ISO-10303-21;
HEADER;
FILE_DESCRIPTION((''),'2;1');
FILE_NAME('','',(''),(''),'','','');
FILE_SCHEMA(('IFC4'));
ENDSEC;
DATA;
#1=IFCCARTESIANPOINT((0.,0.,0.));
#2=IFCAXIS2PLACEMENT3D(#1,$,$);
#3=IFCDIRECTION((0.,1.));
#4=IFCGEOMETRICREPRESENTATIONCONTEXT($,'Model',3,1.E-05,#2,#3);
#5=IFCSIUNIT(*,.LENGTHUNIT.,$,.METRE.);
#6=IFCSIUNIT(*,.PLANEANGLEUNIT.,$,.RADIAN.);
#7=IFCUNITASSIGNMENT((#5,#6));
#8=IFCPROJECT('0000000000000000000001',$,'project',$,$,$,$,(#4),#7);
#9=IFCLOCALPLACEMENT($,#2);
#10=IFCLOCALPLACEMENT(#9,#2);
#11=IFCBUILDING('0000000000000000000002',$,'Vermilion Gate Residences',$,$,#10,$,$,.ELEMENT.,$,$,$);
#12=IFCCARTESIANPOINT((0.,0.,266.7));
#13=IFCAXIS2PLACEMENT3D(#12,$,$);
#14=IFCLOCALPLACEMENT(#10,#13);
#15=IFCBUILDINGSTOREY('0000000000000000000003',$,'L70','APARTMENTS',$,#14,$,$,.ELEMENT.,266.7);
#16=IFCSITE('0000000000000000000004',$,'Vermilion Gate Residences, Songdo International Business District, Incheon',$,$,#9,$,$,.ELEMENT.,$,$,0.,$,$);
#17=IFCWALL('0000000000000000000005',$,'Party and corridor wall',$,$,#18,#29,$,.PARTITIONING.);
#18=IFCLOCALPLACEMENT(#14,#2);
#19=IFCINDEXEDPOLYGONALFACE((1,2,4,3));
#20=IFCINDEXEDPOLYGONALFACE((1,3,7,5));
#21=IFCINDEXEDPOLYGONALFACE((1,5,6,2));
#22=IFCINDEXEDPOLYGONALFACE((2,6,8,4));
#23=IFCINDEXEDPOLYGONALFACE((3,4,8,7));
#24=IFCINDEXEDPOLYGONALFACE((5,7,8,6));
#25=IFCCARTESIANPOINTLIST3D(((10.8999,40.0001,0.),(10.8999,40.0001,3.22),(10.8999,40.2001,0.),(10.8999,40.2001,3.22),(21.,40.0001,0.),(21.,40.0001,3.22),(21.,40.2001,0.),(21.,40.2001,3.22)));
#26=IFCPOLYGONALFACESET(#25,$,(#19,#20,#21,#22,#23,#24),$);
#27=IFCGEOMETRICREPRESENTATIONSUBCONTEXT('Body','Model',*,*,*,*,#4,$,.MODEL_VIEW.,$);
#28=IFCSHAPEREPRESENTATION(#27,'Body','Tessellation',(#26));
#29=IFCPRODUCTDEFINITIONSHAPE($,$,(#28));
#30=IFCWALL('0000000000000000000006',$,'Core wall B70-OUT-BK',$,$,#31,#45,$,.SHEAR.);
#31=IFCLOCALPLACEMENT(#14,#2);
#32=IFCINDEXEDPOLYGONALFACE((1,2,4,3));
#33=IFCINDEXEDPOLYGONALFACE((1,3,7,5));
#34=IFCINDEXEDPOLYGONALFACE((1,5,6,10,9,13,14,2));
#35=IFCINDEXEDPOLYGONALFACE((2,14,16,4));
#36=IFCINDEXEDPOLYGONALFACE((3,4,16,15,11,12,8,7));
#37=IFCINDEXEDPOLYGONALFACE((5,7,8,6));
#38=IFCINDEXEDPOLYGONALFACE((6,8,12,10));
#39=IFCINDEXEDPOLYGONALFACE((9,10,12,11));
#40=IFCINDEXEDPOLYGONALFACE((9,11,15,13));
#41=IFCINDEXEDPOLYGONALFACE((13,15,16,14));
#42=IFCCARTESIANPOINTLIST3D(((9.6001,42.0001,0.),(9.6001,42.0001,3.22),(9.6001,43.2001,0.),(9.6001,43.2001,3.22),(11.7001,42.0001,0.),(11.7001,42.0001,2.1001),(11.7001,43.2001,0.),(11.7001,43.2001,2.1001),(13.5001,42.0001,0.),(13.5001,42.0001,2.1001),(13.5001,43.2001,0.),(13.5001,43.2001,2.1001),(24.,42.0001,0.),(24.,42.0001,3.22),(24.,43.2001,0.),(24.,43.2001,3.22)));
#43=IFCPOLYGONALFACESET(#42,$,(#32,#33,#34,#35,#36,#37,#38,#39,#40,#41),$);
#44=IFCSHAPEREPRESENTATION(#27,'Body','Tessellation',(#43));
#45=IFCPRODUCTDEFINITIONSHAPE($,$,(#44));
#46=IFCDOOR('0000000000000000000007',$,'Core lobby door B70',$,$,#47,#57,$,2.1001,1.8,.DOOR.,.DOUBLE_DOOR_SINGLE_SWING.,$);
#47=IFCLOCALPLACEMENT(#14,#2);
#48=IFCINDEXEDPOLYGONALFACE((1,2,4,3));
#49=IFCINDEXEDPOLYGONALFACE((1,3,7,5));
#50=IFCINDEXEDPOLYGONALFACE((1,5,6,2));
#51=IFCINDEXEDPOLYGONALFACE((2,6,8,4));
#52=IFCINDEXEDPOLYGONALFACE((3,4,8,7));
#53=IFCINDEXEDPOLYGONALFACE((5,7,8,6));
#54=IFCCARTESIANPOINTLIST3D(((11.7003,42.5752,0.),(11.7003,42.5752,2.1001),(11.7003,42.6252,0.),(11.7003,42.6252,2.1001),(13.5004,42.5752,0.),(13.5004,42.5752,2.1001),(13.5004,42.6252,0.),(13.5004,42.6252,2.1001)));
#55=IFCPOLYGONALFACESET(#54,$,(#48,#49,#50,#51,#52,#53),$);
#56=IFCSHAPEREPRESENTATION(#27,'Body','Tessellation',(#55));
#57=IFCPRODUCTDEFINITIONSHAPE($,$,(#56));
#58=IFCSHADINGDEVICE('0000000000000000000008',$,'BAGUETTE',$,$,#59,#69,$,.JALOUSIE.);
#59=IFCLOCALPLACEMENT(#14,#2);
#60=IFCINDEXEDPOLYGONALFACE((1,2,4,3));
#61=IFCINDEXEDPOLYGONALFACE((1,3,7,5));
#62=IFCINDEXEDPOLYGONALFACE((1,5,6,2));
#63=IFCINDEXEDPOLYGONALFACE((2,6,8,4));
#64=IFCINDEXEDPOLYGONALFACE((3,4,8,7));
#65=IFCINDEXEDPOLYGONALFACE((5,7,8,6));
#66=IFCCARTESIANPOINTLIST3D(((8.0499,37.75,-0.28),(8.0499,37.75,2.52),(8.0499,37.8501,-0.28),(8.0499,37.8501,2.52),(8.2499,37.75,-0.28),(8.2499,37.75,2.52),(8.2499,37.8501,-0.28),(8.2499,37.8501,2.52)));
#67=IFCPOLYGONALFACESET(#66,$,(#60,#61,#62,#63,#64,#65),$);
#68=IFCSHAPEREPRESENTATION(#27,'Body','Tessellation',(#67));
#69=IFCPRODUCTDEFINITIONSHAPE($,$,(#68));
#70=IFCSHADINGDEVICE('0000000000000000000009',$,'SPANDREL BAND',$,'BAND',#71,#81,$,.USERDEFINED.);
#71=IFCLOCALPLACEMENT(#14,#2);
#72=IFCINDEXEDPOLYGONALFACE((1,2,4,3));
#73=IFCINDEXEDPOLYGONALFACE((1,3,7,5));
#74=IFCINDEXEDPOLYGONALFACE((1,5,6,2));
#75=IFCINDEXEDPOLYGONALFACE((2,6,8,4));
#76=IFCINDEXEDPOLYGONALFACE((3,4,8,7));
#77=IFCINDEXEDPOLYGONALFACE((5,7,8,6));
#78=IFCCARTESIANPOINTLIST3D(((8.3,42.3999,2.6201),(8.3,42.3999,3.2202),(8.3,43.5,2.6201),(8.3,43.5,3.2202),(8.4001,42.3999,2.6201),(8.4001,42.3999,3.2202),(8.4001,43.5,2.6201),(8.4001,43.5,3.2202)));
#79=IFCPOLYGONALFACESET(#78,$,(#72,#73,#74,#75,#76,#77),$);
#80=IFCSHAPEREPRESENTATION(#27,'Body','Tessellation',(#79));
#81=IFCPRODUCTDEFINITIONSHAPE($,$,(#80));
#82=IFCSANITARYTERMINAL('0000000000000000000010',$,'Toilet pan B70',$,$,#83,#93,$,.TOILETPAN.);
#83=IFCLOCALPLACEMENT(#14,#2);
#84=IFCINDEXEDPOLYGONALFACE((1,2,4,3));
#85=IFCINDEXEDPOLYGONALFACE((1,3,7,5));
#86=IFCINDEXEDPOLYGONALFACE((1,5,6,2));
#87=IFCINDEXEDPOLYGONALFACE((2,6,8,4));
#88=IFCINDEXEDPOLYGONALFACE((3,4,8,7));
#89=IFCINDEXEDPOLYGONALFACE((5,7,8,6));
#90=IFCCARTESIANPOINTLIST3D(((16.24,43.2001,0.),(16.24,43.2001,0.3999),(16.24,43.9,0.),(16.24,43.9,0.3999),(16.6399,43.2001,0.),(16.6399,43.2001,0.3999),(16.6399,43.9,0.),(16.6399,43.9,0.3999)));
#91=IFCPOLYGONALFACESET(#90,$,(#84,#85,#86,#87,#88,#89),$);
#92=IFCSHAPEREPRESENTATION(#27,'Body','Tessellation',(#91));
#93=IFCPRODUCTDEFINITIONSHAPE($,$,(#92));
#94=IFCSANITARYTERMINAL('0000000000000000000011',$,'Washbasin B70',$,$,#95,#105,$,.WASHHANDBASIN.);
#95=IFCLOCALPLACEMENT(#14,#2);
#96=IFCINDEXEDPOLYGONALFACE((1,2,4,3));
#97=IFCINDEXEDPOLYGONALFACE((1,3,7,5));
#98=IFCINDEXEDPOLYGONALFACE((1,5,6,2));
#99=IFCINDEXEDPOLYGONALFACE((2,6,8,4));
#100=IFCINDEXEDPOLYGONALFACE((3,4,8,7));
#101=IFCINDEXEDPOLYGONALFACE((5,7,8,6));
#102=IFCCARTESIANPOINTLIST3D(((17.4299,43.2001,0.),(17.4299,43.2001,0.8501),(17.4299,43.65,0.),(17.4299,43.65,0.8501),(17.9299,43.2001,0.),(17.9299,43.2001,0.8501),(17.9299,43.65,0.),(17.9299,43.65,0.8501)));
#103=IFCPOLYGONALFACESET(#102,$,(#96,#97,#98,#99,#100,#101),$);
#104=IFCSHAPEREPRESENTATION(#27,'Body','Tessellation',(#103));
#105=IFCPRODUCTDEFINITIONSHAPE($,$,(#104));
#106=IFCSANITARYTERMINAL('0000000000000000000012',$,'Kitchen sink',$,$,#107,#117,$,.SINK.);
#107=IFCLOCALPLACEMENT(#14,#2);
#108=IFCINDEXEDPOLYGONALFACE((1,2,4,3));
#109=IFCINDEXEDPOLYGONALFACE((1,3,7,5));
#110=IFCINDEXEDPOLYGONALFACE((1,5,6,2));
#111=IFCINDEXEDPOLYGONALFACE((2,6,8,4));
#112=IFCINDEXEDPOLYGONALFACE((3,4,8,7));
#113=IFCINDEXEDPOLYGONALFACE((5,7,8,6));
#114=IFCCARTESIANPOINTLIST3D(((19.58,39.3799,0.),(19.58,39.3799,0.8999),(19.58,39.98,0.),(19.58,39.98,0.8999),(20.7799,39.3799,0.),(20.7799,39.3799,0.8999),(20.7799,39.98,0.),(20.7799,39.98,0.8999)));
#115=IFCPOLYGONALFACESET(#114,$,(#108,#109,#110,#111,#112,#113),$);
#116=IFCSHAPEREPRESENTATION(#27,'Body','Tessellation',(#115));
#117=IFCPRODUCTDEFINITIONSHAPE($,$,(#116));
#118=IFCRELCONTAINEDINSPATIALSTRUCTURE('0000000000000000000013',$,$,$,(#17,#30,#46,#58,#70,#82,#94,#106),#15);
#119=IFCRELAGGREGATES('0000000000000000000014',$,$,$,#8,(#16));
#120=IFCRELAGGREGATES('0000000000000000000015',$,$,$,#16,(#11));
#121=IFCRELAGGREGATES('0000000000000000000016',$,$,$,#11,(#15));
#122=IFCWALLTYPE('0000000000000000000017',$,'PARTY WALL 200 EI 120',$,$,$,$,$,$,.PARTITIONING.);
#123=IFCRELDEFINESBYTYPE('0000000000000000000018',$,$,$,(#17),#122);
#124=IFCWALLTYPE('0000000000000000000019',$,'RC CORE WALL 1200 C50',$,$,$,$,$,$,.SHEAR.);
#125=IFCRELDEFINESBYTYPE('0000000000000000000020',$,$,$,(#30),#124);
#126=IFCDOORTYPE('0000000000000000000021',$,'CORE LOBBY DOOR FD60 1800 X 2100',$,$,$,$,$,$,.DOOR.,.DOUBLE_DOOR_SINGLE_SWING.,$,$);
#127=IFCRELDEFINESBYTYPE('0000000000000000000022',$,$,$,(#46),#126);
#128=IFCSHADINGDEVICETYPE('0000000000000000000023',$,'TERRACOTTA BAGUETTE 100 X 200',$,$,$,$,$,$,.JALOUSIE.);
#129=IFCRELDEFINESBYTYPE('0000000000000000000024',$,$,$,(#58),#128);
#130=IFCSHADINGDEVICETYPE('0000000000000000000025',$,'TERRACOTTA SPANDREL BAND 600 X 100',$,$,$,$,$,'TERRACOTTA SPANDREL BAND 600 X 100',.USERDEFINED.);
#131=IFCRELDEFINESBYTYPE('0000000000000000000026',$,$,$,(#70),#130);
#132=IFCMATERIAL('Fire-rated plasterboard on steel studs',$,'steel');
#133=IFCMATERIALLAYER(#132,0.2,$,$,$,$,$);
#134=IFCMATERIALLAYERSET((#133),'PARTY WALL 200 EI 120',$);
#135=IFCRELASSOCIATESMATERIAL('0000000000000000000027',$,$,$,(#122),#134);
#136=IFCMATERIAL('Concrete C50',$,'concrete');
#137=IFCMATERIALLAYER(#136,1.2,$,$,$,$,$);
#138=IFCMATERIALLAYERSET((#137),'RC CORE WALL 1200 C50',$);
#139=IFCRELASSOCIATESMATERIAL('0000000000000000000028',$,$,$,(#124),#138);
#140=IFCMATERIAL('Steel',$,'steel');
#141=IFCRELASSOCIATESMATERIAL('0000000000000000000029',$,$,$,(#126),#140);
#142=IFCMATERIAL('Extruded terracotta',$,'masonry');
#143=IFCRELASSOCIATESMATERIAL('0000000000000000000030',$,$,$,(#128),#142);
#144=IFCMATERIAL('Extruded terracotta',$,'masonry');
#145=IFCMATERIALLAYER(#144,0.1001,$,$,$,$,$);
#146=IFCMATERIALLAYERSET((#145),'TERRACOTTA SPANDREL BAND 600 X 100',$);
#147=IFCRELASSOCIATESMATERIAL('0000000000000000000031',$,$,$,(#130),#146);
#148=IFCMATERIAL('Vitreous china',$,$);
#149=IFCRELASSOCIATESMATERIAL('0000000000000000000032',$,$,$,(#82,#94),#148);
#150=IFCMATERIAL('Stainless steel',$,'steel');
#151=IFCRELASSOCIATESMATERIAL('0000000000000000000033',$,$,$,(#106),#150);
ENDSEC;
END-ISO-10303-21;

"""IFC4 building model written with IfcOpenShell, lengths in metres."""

from ifc_helpers import new_model, si_unit, direction, frame, frame_2d, origin, origin_2d, place, context, subcontext, project, spatial, rectangle, extrude, material, layer, layer_set, material_profile, profile_set, type_object, element, fill, save


model = new_model("IFC4")

# Units and contexts
model_context = context("Model", 3, precision=1e-05, world=origin(), true_north=direction((0.0, 1.0)))
body_context = subcontext(model_context, "Body", "Model", "MODEL_VIEW")
ifc_project = project(units=[si_unit("LENGTHUNIT", "METRE"), si_unit("PLANEANGLEUNIT", "RADIAN")], contexts=[model_context])

# Site, building, storey
site_placement = place(None, origin())
site = spatial("IfcSite", under=ifc_project, at=site_placement, Name="Vermilion Gate Residences, Songdo International Business District, Incheon", CompositionType="ELEMENT", RefElevation=0.0)
building_placement = place(site_placement, origin())
building = spatial("IfcBuilding", under=site, at=building_placement, Name="Vermilion Gate Residences", CompositionType="ELEMENT")
storey_placement = place(building_placement, frame((0.0, 0.0, 266.7)))
storey = spatial("IfcBuildingStorey", under=building, at=storey_placement, Name="L70", Description="APARTMENTS", CompositionType="ELEMENT", Elevation=266.7)

# Wall
ifc_material_1 = material(Name="Fire-rated plasterboard on steel studs", Category="steel")
ifc_layer_1 = layer(ifc_material_1, 0.2)
ifc_layer_set_1 = layer_set([ifc_layer_1], Name="PARTY WALL 200 EI 120")
wall_type_1 = type_object("IfcWallType", Name="PARTY WALL 200 EI 120", PredefinedType="PARTITIONING", material=ifc_layer_set_1)
wall_1_placement = place(storey_placement, frame((10.8999, 40.1001, 0.0), z_axis=(0.0, 0.0, 1.0), x_axis=(1.0, 0.0, 0.0)))
element("IfcWall", 1, at=wall_1_placement, inside=storey, type_object=wall_type_1, Name="Party and corridor wall", PredefinedType="PARTITIONING", context=body_context, shape_type="SweptSolid", body=[
    extrude(rectangle(XDim=10.1001, YDim=0.2, at=frame_2d((5.05, 0.0))), origin(), (0.0, 0.0, 1.0), 3.22),
])

# Wall, opening, door
ifc_material_2 = material(Name="Concrete C50", Category="concrete")
ifc_layer_2 = layer(ifc_material_2, 1.2)
ifc_layer_set_2 = layer_set([ifc_layer_2], Name="RC CORE WALL 1200 C50")
wall_type_2 = type_object("IfcWallType", Name="RC CORE WALL 1200 C50", PredefinedType="SHEAR", material=ifc_layer_set_2)
wall_2_placement = place(storey_placement, frame((9.6001, 42.6001, 0.0), z_axis=(0.0, 0.0, 1.0), x_axis=(1.0, 0.0, 0.0)))
wall_2 = element("IfcWall", 2, at=wall_2_placement, inside=storey, type_object=wall_type_2, Name="Core wall B70-OUT-BK", PredefinedType="SHEAR", context=body_context, shape_type="SweptSolid", body=[
    extrude(rectangle(XDim=14.3999, YDim=1.2, at=frame_2d((7.2, 0.0))), origin(), (0.0, 0.0, 1.0), 3.22),
])
opening_1_placement = place(wall_2_placement, frame((2.1001, 0.0, 0.0)))
opening_1 = element("IfcOpeningElement", 3, at=opening_1_placement, cuts=wall_2, PredefinedType="OPENING", context=body_context, shape_type="SweptSolid", body=[
    extrude(rectangle(XDim=1.8, YDim=2.1001, at=frame_2d((0.8999, 1.05))), frame((0.0, 0.6099, 0.0), z_axis=(0.0, -1.0, 0.0), x_axis=(1.0, 0.0, 0.0)), (0.0, 0.0, 1.0), 1.22),
])
ifc_material_3 = material(Name="Steel", Category="steel")
door_type_1 = type_object("IfcDoorType", Name="CORE LOBBY DOOR FD60 1800 X 2100", OperationType="DOUBLE_DOOR_SINGLE_SWING", PredefinedType="DOOR", material=ifc_material_3)
door_1_placement = place(opening_1_placement, frame((1.8, 0.0, 0.0), z_axis=(0.0, 0.0, 1.0), x_axis=(-1.0, 0.0, 0.0)))
door_1 = element("IfcDoor", 4, at=door_1_placement, inside=storey, type_object=door_type_1, Name="Core lobby door B70", OperationType="DOUBLE_DOOR_SINGLE_SWING", OverallHeight=2.1001, OverallWidth=1.8, PredefinedType="DOOR", context=body_context, shape_type="SweptSolid", body=[
    extrude(rectangle(XDim=1.8, YDim=2.1001, at=frame_2d((0.8999, 1.05))), frame((0.0, 0.0249, 0.0), z_axis=(0.0, -1.0, 0.0), x_axis=(1.0, 0.0, 0.0)), (0.0, 0.0, 1.0), 0.05),
])
fill(opening_1, door_1)

# Shading devices
ifc_material_4 = material(Name="Extruded terracotta", Category="masonry")
ifc_material_profile = material_profile(ifc_material_4, rectangle(XDim=0.2, YDim=0.1001, at=origin_2d()), Name="BAGUETTE 100 X 200")
ifc_profile_set = profile_set([ifc_material_profile], Name="Extruded terracotta")
shading_device_type_1 = type_object("IfcShadingDeviceType", Name="TERRACOTTA BAGUETTE 100 X 200", PredefinedType="JALOUSIE", material=ifc_profile_set)
shading_device_1_placement = place(storey_placement, frame((8.1499, 37.8, -0.28), z_axis=(0.0, 0.0, 1.0), x_axis=(1.0, 0.0, 0.0)))
element("IfcShadingDevice", 5, at=shading_device_1_placement, inside=storey, type_object=shading_device_type_1, Name="BAGUETTE", PredefinedType="JALOUSIE", context=body_context, shape_type="SweptSolid", body=[
    extrude(rectangle(XDim=0.2, YDim=0.1001, at=origin_2d()), origin(), (0.0, 0.0, 1.0), 2.8),
])
ifc_material_5 = material(Name="Extruded terracotta", Category="masonry")
ifc_layer_3 = layer(ifc_material_5, 0.1001)
ifc_layer_set_3 = layer_set([ifc_layer_3], Name="TERRACOTTA SPANDREL BAND 600 X 100")
shading_device_type_2 = type_object("IfcShadingDeviceType", Name="TERRACOTTA SPANDREL BAND 600 X 100", ElementType="TERRACOTTA SPANDREL BAND 600 X 100", PredefinedType="USERDEFINED", material=ifc_layer_set_3)
shading_device_2_placement = place(storey_placement, frame((8.3501, 42.95, 2.6201), z_axis=(0.0, 0.0, 1.0), x_axis=(0.0, 1.0, 0.0)))
element("IfcShadingDevice", 6, at=shading_device_2_placement, inside=storey, type_object=shading_device_type_2, Name="SPANDREL BAND", ObjectType="BAND", PredefinedType="USERDEFINED", context=body_context, shape_type="SweptSolid", body=[
    extrude(rectangle(XDim=1.1001, YDim=0.1001, at=origin_2d()), origin(), (0.0, 0.0, 1.0), 0.6001),
])

# Sanitary terminals
ifc_material_6 = material(Name="Vitreous china")
sanitary_terminal_1_placement = place(storey_placement, frame((16.4399, 43.55, 0.0), z_axis=(0.0, 0.0, 1.0), x_axis=(1.0, 0.0, 0.0)))
element("IfcSanitaryTerminal", 7, at=sanitary_terminal_1_placement, inside=storey, material=ifc_material_6, Name="Toilet pan B70", PredefinedType="TOILETPAN", context=body_context, shape_type="SweptSolid", body=[
    extrude(rectangle(XDim=0.3999, YDim=0.7, at=origin_2d()), origin(), (0.0, 0.0, 1.0), 0.3999),
])
sanitary_terminal_2_placement = place(storey_placement, frame((17.6799, 43.425, 0.0), z_axis=(0.0, 0.0, 1.0), x_axis=(1.0, 0.0, 0.0)))
element("IfcSanitaryTerminal", 8, at=sanitary_terminal_2_placement, inside=storey, material=ifc_material_6, Name="Washbasin B70", PredefinedType="WASHHANDBASIN", context=body_context, shape_type="SweptSolid", body=[
    extrude(rectangle(XDim=0.5, YDim=0.45, at=origin_2d()), origin(), (0.0, 0.0, 1.0), 0.8501),
])
ifc_material_7 = material(Name="Stainless steel", Category="steel")
sanitary_terminal_3_placement = place(storey_placement, frame((20.1799, 39.6799, 0.0), z_axis=(0.0, 0.0, 1.0), x_axis=(1.0, 0.0, 0.0)))
element("IfcSanitaryTerminal", 9, at=sanitary_terminal_3_placement, inside=storey, material=ifc_material_7, Name="Kitchen sink", PredefinedType="SINK", context=body_context, shape_type="SweptSolid", body=[
    extrude(rectangle(XDim=1.2, YDim=0.6001, at=origin_2d()), origin(), (0.0, 0.0, 1.0), 0.8999),
])

save(model, "model.ifc")
